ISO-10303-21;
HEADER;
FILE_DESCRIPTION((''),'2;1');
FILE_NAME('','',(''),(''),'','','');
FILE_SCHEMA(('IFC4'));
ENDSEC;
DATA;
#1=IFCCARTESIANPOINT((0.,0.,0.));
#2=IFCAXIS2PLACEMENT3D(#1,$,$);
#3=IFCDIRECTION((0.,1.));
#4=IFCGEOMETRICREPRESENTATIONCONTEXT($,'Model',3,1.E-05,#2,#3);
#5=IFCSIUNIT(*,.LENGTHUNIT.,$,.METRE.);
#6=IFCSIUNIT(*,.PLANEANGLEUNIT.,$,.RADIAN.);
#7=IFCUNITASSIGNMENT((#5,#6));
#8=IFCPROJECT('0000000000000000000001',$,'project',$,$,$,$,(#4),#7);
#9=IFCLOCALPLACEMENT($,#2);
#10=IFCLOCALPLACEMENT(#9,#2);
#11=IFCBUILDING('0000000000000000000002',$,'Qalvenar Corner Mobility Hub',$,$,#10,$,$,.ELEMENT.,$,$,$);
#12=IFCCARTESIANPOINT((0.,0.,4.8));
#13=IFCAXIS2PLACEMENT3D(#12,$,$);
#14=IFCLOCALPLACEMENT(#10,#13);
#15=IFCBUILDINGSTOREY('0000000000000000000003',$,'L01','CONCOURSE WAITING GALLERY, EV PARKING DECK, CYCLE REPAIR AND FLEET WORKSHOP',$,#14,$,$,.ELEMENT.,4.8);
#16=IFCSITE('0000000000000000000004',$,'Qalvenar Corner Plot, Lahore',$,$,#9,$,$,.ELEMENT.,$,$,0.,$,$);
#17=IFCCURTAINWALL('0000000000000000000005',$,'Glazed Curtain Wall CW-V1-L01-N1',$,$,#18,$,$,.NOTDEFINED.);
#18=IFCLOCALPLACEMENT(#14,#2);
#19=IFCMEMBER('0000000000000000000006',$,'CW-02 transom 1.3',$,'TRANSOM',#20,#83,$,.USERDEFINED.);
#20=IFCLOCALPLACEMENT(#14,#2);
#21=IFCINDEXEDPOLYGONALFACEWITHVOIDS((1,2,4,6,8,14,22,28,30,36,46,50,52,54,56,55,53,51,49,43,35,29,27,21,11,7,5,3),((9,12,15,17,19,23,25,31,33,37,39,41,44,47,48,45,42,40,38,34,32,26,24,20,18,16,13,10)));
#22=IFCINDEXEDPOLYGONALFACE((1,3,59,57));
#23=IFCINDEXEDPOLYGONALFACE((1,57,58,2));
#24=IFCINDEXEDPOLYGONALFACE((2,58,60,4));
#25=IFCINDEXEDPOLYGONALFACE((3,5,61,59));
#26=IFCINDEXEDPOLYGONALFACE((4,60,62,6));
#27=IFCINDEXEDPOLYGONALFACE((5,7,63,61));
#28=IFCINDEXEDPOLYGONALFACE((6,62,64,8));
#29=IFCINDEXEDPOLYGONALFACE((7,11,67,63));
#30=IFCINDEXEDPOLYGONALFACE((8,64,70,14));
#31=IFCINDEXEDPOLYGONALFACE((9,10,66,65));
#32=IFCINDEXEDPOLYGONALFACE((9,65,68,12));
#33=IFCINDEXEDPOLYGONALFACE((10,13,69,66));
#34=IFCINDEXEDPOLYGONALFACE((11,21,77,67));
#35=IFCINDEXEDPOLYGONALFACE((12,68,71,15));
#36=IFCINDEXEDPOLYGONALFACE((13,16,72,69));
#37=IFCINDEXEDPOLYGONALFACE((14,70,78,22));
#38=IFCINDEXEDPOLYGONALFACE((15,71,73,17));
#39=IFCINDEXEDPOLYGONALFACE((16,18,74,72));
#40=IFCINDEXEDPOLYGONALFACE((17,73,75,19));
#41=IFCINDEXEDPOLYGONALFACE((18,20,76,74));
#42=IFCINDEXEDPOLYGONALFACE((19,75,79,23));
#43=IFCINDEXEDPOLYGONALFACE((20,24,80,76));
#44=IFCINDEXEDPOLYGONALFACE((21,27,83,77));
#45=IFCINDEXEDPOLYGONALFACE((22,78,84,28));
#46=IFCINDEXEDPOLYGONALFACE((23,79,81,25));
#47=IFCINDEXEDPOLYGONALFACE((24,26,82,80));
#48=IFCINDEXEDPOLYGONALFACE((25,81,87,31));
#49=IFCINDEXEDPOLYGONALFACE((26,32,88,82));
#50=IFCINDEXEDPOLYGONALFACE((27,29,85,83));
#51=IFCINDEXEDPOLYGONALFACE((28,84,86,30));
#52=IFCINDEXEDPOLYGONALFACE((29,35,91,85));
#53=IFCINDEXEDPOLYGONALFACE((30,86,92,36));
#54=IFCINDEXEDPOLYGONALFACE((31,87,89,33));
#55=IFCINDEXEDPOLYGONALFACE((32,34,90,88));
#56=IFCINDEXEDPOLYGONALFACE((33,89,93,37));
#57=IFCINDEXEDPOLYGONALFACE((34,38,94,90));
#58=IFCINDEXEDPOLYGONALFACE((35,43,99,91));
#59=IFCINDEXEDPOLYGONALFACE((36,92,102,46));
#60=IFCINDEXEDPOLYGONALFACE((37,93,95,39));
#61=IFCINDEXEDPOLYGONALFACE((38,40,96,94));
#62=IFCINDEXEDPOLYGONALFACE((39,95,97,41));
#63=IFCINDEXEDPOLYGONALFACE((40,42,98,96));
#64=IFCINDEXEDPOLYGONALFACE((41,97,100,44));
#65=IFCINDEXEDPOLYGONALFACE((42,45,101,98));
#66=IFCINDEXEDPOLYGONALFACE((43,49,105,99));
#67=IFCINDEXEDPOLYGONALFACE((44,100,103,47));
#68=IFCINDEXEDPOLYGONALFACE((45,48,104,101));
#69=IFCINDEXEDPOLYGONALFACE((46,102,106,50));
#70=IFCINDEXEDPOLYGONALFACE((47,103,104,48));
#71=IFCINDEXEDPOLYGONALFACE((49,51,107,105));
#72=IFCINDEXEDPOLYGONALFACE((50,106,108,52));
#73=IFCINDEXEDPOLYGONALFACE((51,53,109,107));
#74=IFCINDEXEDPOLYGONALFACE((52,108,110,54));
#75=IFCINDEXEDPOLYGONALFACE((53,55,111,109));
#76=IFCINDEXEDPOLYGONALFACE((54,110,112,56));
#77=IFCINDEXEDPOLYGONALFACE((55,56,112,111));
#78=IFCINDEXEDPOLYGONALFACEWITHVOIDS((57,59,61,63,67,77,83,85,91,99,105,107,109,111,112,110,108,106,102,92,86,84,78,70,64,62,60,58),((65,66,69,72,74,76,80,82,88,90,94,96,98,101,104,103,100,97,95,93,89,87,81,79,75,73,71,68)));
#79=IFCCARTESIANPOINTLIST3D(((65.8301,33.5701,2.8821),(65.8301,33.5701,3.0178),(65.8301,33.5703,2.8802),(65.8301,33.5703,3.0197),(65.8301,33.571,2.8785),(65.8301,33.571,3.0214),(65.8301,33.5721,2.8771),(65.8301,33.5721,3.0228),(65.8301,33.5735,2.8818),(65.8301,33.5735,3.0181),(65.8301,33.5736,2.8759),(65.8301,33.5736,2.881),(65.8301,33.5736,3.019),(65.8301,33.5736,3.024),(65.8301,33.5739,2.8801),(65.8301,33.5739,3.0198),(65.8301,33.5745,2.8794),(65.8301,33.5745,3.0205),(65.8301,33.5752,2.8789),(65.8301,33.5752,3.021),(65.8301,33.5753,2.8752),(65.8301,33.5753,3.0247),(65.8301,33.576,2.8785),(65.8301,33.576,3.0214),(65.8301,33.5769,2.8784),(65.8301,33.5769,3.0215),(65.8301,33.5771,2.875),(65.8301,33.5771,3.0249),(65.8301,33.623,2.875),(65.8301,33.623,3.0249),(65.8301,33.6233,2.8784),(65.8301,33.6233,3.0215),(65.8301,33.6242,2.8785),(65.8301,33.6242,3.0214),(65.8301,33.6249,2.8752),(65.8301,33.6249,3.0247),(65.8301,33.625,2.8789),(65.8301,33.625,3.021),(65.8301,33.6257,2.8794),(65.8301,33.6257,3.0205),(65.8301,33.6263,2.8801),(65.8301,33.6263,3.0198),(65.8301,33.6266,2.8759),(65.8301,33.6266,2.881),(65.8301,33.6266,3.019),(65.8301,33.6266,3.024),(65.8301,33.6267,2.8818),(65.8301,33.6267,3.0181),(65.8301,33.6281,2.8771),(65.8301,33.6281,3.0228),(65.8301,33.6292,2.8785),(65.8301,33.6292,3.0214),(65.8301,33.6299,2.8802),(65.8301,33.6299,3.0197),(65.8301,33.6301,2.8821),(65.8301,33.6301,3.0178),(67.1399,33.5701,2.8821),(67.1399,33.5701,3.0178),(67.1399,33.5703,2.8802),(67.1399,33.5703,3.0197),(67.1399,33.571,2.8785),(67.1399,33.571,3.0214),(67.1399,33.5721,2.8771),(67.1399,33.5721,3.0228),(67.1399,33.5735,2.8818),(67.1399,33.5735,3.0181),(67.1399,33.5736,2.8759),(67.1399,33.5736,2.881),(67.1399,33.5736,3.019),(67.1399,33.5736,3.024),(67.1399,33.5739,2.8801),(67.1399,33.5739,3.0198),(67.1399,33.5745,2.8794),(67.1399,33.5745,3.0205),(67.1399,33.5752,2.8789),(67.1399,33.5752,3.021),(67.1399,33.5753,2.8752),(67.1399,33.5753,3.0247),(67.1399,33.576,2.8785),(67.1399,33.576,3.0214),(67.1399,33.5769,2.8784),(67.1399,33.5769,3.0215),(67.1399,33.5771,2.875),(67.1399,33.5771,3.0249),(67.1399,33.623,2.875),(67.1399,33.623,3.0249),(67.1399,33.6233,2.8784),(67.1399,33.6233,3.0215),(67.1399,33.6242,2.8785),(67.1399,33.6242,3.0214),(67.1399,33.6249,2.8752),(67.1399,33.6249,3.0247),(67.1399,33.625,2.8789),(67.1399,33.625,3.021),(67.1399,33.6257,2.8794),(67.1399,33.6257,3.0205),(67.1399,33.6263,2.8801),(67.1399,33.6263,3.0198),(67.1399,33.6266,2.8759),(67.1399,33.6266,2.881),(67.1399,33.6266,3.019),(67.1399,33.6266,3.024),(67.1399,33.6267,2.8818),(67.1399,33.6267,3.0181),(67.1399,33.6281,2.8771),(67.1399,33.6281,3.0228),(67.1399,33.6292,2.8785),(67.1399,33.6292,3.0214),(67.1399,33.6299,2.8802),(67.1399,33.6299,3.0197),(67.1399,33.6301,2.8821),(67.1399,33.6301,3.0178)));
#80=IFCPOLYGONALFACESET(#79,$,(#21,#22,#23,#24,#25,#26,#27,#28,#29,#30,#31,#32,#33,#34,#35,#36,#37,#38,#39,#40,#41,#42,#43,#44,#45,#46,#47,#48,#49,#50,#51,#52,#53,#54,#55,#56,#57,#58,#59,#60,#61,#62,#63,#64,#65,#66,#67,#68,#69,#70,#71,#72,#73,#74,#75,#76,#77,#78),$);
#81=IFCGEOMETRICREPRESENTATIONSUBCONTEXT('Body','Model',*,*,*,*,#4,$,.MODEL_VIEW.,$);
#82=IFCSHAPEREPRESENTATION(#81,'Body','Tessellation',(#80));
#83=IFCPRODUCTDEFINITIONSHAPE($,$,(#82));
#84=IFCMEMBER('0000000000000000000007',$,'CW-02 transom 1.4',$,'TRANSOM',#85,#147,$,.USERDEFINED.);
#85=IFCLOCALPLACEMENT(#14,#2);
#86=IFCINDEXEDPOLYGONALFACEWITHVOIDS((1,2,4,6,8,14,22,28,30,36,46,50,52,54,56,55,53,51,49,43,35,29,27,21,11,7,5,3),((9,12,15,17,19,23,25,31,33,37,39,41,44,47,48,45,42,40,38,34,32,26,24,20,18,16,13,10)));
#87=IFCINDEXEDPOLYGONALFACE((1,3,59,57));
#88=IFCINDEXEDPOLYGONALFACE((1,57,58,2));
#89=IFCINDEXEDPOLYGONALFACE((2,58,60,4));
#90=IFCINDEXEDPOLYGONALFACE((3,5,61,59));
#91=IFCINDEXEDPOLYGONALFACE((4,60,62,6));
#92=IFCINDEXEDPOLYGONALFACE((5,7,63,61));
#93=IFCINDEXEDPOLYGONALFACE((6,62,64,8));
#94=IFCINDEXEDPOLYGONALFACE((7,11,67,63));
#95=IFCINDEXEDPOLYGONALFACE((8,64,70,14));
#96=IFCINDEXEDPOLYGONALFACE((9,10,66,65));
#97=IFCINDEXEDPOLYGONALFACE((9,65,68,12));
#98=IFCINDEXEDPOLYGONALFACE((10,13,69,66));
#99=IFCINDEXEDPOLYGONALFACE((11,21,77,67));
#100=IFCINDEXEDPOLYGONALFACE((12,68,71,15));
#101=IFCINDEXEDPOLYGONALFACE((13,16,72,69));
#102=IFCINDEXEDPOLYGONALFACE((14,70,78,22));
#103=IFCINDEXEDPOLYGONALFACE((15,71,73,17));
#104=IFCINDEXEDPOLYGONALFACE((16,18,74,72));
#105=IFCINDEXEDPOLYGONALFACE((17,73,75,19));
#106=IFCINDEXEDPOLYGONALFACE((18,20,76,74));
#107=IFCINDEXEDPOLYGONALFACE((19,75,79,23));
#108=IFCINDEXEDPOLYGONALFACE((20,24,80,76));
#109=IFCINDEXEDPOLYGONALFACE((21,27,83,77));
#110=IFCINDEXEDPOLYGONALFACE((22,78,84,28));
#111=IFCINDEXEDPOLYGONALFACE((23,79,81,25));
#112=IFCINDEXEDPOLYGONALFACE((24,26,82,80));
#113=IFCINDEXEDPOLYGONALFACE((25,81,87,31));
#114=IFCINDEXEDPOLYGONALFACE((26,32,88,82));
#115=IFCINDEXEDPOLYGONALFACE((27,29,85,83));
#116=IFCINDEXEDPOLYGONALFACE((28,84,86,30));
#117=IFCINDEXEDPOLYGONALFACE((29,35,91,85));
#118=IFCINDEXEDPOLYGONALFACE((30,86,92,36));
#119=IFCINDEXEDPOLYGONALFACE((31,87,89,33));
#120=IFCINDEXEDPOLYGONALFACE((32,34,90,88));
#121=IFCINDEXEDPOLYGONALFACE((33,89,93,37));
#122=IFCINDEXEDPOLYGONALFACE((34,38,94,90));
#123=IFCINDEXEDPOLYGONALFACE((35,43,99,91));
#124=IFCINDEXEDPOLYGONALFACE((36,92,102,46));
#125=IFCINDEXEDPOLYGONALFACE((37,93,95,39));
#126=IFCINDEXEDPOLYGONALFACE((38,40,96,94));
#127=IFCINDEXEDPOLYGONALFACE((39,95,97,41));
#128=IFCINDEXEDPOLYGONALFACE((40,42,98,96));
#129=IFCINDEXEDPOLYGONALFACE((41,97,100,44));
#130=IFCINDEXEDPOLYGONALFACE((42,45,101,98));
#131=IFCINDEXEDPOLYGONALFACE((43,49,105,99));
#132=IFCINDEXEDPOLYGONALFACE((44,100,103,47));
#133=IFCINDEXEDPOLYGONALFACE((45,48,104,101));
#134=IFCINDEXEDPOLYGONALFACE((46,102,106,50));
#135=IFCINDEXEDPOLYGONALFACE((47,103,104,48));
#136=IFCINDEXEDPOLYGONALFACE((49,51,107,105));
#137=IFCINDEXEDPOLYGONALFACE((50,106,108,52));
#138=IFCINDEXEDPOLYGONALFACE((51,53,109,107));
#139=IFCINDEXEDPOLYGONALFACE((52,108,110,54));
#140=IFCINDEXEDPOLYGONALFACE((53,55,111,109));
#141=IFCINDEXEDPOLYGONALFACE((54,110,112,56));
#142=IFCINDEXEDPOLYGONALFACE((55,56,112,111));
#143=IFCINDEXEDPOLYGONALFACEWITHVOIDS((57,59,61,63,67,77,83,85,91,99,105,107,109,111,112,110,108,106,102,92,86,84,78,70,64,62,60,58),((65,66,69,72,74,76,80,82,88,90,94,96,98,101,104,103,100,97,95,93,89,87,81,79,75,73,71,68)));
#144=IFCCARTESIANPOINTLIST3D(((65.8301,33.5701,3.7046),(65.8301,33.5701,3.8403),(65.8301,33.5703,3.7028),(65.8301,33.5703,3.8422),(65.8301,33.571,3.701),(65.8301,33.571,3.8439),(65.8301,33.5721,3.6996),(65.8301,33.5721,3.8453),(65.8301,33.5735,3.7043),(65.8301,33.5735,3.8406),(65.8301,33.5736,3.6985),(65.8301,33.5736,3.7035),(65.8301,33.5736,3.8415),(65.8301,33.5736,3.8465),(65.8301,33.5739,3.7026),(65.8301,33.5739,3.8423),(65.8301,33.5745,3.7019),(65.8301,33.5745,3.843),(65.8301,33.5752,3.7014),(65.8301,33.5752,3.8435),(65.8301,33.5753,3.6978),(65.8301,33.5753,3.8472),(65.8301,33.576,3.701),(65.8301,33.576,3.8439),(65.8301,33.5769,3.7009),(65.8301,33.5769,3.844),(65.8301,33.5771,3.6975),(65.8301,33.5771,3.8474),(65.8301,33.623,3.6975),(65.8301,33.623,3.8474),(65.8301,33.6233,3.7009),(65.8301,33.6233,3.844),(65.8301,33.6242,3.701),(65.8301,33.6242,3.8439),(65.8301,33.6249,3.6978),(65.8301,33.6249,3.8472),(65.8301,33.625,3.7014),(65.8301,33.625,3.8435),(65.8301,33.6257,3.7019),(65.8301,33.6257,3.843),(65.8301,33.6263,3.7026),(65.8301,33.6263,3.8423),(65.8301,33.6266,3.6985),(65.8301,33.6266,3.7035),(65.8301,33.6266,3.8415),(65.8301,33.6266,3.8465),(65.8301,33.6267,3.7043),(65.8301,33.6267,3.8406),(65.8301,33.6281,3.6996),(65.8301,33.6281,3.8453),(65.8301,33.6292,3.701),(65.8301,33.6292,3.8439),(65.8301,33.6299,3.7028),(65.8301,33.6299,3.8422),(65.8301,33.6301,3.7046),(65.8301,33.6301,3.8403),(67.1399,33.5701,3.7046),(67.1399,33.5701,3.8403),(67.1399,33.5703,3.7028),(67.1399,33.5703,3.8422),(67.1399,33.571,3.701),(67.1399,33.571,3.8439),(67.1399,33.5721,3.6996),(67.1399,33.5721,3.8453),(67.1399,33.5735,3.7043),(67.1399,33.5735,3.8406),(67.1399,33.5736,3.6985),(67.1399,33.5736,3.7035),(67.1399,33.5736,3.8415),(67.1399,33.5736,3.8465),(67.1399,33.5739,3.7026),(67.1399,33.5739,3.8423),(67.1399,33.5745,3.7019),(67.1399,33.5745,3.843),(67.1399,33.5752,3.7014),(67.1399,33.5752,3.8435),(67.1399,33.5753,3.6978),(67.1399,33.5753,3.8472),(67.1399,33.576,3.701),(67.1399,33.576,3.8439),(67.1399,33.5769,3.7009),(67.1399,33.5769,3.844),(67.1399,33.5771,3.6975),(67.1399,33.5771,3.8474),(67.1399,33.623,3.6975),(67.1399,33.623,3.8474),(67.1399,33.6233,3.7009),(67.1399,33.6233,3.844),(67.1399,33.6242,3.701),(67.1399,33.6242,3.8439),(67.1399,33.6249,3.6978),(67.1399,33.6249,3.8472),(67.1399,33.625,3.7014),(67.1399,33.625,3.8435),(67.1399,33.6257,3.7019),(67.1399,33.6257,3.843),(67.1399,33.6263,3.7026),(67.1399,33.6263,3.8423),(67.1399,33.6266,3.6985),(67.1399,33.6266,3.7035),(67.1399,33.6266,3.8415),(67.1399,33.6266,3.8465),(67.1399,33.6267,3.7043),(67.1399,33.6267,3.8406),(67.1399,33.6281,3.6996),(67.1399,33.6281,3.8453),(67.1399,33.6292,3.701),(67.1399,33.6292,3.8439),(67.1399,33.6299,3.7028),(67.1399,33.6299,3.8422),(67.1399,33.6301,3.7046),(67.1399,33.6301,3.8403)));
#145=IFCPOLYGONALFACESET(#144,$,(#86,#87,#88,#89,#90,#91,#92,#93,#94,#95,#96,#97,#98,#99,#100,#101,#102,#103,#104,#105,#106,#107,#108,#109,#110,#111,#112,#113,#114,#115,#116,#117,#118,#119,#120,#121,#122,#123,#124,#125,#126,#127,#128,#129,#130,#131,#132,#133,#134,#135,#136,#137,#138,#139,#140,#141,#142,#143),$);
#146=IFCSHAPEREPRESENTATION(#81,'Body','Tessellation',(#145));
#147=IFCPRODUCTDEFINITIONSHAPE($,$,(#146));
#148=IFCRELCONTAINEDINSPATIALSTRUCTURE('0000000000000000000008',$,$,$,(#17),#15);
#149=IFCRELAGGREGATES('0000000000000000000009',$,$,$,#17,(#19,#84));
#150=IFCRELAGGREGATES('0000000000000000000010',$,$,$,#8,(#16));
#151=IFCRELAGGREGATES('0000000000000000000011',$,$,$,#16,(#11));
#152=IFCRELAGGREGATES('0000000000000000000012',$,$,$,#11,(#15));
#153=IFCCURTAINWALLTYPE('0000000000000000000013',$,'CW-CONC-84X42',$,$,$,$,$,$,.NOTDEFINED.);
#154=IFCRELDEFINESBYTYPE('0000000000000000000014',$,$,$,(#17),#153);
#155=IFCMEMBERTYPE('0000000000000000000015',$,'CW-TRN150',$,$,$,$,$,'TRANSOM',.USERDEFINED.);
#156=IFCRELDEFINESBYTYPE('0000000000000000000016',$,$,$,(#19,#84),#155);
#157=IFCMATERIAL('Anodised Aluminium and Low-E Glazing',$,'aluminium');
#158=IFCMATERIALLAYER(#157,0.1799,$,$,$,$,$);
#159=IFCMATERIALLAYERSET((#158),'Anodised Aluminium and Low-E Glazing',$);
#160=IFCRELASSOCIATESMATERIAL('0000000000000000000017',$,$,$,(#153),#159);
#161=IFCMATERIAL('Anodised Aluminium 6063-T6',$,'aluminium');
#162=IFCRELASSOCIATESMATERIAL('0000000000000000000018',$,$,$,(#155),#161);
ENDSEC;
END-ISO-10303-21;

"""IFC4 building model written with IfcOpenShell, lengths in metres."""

from ifc_helpers import new_model, si_unit, direction, frame, origin, origin_2d, place, context, subcontext, project, spatial, hollow_rectangle, extrude, material, layer, layer_set, material_profile, profile_set, type_object, element, aggregate, save


model = new_model("IFC4")

# Units and contexts
model_context = context("Model", 3, precision=1e-05, world=origin(), true_north=direction((0.0, 1.0)))
body_context = subcontext(model_context, "Body", "Model", "MODEL_VIEW")
ifc_project = project(units=[si_unit("LENGTHUNIT", "METRE"), si_unit("PLANEANGLEUNIT", "RADIAN")], contexts=[model_context])

# Site, building, storey
site_placement = place(None, origin())
site = spatial("IfcSite", under=ifc_project, at=site_placement, Name="Qalvenar Corner Plot, Lahore", CompositionType="ELEMENT", RefElevation=0.0)
building_placement = place(site_placement, origin())
building = spatial("IfcBuilding", under=site, at=building_placement, Name="Qalvenar Corner Mobility Hub", CompositionType="ELEMENT")
storey_placement = place(building_placement, frame((0.0, 0.0, 4.8)))
storey = spatial("IfcBuildingStorey", under=building, at=storey_placement, Name="L01", Description="CONCOURSE WAITING GALLERY, EV PARKING DECK, CYCLE REPAIR AND FLEET WORKSHOP", CompositionType="ELEMENT", Elevation=4.8)

# Curtain wall
ifc_material_1 = material(Name="Anodised Aluminium and Low-E Glazing", Category="aluminium")
ifc_layer_1 = layer(ifc_material_1, 0.1799)
ifc_layer_set_1 = layer_set([ifc_layer_1], Name="Anodised Aluminium and Low-E Glazing")
curtain_wall_type = type_object("IfcCurtainWallType", Name="CW-CONC-84X42", PredefinedType="NOTDEFINED", material=ifc_layer_set_1)
curtain_wall_1_placement = place(storey_placement, origin())
curtain_wall_1 = element("IfcCurtainWall", 1, at=curtain_wall_1_placement, inside=storey, type_object=curtain_wall_type, Name="Glazed Curtain Wall CW-V1-L01-N1", PredefinedType="NOTDEFINED")
ifc_material_2 = material(Name="Anodised Aluminium 6063-T6", Category="aluminium")

# Members
ifc_material_profile_1 = material_profile(ifc_material_2, hollow_rectangle(XDim=0.0601, YDim=0.1499, WallThickness=0.0034, InnerFilletRadius=0.0034, OuterFilletRadius=0.0071, at=origin_2d()), Name="RHS150x60x3.5")
ifc_profile_set_1 = profile_set([ifc_material_profile_1], Name="Anodised Aluminium 6063-T6")
member_type_1 = type_object("IfcMemberType", Name="CW-TRN150", ElementType="TRANSOM", PredefinedType="USERDEFINED", material=ifc_profile_set_1)
member_1_placement = place(storey_placement, frame((67.1399, 33.6001, 2.95), z_axis=(-1.0, 0.0, 0.0), x_axis=(0.0, -1.0, 0.0)))
member_1 = element("IfcMember", 2, at=member_1_placement, type_object=member_type_1, Name="CW-02 transom 1.3", ObjectType="TRANSOM", PredefinedType="USERDEFINED", context=body_context, shape_type="SweptSolid", body=[
    extrude(hollow_rectangle(XDim=0.0601, YDim=0.1499, WallThickness=0.0034, InnerFilletRadius=0.0034, OuterFilletRadius=0.0071, at=origin_2d()), origin(), (0.0, 0.0, 1.0), 1.3098),
])
member_2_placement = place(storey_placement, frame((67.1399, 33.6001, 3.7725), z_axis=(-1.0, 0.0, 0.0), x_axis=(0.0, -1.0, 0.0)))
member_2 = element("IfcMember", 3, at=member_2_placement, type_object=member_type_1, Name="CW-02 transom 1.4", ObjectType="TRANSOM", PredefinedType="USERDEFINED", context=body_context, shape_type="SweptSolid", body=[
    extrude(hollow_rectangle(XDim=0.0601, YDim=0.1499, WallThickness=0.0034, InnerFilletRadius=0.0034, OuterFilletRadius=0.0071, at=origin_2d()), origin(), (0.0, 0.0, 1.0), 1.3098),
])
aggregate(curtain_wall_1, [member_1, member_2])

save(model, "model.ifc")
